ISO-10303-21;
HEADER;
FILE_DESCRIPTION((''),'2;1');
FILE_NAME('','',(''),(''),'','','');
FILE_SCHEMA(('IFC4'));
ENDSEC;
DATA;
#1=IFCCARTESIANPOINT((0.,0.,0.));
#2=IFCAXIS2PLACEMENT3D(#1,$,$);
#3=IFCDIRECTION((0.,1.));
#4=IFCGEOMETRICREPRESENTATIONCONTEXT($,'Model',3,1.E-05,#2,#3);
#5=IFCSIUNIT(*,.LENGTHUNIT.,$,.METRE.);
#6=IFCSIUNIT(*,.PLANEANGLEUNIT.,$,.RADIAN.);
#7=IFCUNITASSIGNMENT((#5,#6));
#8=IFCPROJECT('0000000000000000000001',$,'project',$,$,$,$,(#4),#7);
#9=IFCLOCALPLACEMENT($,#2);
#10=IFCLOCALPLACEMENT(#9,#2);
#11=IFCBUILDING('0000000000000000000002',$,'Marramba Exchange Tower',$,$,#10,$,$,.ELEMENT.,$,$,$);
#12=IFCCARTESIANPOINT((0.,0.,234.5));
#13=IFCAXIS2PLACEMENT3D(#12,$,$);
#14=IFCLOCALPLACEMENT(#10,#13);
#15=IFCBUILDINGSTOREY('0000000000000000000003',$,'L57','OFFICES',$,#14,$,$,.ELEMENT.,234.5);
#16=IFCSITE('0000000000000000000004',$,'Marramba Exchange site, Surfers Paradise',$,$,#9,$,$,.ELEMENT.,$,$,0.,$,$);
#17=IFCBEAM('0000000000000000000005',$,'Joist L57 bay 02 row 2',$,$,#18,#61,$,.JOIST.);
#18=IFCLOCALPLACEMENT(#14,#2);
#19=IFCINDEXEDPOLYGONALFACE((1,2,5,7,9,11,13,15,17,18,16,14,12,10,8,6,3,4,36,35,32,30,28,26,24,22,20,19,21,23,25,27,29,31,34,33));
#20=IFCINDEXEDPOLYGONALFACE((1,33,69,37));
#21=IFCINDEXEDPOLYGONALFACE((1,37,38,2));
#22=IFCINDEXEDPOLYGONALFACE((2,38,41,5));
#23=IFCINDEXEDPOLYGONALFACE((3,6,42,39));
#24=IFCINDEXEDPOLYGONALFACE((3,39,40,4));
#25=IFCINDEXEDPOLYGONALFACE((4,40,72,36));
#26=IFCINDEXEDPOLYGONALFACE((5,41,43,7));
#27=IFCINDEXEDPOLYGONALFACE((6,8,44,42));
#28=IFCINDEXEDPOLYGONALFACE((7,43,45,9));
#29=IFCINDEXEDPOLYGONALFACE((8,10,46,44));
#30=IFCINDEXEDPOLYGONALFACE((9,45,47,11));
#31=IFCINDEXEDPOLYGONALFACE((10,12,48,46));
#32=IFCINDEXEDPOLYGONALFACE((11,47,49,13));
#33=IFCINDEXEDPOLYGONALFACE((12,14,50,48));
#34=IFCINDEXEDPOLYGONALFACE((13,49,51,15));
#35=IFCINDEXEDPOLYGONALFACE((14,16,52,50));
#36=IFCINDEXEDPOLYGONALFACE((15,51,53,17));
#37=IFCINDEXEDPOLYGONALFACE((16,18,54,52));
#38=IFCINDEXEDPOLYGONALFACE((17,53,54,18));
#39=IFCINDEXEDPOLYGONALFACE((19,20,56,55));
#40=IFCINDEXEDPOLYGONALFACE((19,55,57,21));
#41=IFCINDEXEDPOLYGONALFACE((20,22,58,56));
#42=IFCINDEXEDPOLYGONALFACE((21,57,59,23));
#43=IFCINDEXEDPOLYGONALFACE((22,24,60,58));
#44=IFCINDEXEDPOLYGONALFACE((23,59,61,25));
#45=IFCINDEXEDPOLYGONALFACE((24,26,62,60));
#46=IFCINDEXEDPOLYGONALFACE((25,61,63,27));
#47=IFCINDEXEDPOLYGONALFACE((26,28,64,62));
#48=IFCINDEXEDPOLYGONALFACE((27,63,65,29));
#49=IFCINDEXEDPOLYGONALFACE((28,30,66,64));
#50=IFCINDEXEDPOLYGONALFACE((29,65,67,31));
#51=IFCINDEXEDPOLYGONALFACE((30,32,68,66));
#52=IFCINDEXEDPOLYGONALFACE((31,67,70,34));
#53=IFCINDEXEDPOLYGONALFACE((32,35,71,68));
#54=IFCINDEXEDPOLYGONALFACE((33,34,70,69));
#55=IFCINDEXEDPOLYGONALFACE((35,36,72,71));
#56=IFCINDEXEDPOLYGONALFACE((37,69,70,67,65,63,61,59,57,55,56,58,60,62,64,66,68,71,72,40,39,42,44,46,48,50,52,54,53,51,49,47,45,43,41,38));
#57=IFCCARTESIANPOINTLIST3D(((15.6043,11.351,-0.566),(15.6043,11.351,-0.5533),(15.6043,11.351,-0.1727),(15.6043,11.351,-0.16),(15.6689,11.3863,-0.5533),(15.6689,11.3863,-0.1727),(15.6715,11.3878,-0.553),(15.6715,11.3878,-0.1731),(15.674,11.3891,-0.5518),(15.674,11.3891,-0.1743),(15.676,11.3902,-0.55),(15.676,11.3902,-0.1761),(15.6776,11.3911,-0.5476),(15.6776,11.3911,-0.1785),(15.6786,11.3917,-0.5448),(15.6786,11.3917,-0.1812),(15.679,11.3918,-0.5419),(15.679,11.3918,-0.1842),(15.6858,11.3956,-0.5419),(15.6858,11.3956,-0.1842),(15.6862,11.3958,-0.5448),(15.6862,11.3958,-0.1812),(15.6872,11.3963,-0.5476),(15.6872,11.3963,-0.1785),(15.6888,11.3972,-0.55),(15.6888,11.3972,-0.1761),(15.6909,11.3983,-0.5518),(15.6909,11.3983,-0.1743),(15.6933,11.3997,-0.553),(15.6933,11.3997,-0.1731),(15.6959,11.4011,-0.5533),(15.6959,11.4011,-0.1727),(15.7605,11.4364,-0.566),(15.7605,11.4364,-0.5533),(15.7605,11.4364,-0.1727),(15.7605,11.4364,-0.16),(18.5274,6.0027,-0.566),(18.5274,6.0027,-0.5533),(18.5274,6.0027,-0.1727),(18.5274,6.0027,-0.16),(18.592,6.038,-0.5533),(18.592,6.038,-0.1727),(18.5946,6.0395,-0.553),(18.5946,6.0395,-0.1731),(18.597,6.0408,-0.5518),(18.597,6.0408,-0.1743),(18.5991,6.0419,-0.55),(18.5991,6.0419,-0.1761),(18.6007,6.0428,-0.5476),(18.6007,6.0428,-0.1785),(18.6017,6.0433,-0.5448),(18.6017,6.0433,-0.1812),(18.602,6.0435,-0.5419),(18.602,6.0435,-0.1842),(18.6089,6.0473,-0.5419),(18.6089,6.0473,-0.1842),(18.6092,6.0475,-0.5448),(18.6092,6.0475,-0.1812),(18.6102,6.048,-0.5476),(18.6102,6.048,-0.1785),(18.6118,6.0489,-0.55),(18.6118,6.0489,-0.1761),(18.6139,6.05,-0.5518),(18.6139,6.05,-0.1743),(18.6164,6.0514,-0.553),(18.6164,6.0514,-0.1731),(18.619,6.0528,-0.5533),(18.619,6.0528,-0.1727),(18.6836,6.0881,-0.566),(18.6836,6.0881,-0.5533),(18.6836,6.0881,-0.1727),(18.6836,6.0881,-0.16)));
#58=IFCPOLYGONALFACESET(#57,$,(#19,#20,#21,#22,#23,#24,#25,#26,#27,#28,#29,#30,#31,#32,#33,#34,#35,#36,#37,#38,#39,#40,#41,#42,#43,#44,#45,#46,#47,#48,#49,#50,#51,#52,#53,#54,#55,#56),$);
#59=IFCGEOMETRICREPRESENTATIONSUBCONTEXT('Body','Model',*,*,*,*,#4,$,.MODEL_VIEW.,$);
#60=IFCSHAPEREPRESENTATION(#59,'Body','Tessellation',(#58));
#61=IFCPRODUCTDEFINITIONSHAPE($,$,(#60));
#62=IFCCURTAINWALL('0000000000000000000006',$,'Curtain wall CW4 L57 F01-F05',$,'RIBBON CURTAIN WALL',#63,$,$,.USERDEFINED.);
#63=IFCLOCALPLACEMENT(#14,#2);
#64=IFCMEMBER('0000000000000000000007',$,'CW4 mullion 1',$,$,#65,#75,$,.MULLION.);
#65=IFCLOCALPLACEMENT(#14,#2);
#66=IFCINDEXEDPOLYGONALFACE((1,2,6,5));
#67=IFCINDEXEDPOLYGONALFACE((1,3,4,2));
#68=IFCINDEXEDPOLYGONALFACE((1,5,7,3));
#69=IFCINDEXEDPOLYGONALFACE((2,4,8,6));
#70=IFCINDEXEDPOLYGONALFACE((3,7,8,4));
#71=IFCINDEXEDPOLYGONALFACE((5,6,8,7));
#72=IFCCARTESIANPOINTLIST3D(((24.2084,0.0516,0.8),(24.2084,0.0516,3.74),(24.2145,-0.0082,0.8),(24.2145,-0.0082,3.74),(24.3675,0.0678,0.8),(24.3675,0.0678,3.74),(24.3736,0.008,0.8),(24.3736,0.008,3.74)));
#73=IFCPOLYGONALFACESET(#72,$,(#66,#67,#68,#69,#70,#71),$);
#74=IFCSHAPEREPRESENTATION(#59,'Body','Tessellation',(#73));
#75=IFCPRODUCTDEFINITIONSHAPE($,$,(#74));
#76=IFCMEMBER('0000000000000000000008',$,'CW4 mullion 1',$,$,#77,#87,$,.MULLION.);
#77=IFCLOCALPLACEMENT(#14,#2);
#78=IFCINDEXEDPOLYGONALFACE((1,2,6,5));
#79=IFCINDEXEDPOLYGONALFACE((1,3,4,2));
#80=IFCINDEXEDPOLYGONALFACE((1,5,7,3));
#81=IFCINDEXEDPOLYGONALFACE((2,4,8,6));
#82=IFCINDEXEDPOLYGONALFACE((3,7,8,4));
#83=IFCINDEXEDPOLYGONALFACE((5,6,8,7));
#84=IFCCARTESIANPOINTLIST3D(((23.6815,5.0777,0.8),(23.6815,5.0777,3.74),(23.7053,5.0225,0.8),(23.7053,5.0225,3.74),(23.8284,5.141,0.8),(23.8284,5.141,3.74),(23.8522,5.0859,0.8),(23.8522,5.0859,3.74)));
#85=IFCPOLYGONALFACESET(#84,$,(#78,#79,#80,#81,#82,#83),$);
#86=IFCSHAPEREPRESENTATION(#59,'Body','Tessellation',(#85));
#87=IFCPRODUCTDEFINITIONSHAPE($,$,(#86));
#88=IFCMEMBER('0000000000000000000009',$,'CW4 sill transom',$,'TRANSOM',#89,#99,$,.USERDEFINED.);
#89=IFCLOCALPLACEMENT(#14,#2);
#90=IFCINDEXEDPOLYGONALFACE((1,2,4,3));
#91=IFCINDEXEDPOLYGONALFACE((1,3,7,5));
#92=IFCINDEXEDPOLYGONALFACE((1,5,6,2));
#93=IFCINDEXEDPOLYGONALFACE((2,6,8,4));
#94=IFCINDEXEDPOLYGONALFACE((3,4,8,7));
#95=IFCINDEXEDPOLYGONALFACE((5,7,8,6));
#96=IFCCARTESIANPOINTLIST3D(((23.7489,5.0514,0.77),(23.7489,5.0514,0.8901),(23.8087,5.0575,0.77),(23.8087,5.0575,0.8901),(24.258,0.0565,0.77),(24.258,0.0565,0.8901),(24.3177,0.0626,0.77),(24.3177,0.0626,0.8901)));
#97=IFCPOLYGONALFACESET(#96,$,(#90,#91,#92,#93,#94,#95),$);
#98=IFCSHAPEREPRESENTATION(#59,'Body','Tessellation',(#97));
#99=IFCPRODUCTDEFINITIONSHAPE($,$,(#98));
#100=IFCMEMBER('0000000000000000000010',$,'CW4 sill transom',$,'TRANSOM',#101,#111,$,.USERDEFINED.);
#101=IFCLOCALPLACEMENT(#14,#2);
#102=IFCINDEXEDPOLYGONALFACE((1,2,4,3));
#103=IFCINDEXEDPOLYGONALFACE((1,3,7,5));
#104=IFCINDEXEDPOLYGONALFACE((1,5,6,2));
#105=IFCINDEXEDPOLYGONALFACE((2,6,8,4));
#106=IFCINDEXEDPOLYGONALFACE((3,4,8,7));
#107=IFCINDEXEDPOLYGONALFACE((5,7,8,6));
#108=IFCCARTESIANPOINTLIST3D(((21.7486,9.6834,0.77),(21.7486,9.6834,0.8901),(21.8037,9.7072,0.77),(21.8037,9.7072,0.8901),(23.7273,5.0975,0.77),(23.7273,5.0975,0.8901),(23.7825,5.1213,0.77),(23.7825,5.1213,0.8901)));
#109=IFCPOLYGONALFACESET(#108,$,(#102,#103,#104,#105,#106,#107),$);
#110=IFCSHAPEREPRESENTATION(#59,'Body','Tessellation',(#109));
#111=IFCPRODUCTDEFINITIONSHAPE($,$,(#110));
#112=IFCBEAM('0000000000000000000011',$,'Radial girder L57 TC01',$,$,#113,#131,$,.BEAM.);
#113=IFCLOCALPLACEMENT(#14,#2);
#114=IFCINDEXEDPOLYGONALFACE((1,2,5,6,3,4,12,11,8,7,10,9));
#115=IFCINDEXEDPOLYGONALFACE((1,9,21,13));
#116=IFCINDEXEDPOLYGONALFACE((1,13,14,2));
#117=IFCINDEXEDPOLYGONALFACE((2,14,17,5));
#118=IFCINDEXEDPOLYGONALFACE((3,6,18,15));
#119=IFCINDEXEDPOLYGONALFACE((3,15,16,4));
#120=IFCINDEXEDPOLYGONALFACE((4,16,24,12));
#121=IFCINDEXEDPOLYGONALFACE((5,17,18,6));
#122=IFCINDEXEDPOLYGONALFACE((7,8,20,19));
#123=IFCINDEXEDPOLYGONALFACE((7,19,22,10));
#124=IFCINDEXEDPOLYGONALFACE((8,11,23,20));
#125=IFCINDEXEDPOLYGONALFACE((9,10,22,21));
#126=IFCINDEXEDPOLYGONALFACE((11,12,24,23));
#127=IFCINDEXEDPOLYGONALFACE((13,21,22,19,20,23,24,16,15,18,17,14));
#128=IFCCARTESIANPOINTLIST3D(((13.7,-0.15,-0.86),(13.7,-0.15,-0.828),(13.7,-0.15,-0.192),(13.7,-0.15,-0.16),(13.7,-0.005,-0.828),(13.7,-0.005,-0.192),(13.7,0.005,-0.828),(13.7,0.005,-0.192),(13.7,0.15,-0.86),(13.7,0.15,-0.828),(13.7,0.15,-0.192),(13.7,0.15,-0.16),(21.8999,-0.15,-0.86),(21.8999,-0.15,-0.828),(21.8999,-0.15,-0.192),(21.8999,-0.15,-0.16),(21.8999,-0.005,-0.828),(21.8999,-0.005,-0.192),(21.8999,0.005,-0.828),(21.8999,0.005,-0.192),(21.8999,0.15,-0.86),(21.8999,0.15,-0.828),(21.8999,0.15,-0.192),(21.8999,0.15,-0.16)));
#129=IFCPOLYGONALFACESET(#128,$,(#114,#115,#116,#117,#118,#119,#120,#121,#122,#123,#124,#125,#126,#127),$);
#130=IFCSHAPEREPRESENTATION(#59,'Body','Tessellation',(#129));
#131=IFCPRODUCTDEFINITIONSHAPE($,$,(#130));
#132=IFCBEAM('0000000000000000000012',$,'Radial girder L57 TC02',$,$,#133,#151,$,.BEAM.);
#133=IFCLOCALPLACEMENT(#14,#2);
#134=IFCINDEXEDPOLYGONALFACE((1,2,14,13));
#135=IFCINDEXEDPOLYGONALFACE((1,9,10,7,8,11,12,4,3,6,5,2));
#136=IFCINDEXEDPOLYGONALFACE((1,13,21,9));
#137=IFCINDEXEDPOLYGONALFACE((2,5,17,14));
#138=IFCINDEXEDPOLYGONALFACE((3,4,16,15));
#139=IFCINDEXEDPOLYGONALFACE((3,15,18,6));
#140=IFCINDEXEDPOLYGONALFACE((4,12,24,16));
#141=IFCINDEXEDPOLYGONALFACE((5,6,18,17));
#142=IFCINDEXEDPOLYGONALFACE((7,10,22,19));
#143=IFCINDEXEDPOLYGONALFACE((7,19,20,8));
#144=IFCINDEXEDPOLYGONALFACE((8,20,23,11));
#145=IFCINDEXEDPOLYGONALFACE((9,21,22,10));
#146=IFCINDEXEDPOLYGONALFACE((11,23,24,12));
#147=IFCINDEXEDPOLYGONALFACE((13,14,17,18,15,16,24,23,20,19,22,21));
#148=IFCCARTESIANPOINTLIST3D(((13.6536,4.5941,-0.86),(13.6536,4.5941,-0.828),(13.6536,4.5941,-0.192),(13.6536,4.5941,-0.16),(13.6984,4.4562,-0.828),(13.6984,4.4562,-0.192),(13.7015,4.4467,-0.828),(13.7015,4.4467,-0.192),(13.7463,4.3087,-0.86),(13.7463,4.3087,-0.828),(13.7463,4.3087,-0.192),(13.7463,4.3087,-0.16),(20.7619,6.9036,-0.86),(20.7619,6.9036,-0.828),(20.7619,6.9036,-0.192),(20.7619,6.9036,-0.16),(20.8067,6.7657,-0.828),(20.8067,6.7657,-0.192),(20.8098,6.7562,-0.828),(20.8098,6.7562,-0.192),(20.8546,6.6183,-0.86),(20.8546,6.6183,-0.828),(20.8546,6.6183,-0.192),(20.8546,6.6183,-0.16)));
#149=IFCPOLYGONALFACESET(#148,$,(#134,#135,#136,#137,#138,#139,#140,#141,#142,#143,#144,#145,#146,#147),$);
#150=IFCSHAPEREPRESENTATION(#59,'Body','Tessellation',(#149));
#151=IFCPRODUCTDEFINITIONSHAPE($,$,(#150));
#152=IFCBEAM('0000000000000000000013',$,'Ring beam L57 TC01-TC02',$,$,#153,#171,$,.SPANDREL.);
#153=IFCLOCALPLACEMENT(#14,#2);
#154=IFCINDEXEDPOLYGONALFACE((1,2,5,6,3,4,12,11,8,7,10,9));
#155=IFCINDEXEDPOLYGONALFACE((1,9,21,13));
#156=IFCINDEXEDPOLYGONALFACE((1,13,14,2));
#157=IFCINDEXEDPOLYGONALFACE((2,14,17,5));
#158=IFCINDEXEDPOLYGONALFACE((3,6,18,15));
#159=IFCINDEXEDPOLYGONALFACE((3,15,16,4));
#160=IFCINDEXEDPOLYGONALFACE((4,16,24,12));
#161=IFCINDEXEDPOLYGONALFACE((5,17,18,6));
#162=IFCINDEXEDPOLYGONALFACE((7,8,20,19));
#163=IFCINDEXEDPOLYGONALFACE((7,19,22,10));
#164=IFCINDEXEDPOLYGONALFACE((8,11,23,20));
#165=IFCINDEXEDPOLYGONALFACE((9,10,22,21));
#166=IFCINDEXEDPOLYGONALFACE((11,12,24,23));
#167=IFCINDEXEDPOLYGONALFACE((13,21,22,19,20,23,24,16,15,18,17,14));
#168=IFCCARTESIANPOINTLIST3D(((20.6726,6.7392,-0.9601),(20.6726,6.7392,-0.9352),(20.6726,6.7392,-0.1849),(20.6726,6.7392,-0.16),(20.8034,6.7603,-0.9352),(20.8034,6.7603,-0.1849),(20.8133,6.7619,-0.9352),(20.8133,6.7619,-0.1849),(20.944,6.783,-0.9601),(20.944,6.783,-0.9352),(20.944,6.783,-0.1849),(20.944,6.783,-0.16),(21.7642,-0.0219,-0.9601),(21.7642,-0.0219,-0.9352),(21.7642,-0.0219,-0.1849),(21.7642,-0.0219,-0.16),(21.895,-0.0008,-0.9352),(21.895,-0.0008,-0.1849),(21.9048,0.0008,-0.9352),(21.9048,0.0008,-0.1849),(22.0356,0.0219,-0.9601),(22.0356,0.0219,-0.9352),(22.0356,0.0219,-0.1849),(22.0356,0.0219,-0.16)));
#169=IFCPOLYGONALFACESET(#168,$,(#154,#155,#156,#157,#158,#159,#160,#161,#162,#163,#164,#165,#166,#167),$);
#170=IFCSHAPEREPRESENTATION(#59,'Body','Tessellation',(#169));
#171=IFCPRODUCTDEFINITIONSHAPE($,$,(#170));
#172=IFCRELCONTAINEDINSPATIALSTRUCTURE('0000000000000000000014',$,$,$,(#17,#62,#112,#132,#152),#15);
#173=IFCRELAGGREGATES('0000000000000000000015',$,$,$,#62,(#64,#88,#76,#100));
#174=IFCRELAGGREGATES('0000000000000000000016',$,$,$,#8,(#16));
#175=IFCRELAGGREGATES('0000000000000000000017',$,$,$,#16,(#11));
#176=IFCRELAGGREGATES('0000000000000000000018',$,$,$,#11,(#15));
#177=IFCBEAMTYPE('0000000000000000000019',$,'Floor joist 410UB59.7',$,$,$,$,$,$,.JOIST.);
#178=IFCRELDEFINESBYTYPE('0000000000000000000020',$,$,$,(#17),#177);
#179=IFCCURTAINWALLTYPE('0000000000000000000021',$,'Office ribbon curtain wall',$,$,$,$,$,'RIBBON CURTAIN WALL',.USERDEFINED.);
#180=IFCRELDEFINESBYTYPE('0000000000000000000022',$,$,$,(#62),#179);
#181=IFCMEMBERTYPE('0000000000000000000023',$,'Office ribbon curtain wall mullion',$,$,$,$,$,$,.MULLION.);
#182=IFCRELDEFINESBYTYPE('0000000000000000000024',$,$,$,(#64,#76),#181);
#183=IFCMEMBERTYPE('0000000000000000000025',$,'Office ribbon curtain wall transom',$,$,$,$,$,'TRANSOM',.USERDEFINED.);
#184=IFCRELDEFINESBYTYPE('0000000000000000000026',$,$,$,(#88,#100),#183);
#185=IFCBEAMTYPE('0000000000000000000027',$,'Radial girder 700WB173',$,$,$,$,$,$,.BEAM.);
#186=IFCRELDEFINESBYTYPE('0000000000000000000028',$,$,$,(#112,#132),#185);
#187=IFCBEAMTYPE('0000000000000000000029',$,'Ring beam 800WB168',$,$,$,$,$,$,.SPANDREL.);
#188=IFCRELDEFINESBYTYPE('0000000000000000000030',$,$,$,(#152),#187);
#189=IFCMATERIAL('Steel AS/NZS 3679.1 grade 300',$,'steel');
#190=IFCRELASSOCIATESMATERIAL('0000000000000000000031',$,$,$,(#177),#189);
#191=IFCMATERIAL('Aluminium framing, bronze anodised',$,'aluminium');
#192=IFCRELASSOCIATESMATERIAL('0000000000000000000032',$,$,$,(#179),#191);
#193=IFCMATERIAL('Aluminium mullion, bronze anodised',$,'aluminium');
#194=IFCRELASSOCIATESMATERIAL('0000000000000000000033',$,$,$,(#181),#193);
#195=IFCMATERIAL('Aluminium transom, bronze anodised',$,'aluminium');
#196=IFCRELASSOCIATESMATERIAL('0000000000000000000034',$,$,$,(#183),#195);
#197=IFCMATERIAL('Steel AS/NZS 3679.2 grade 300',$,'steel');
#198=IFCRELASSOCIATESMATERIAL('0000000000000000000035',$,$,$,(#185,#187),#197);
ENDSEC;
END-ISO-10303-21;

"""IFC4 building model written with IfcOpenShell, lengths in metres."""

from ifc_helpers import new_model, si_unit, direction, frame, origin, origin_2d, place, context, subcontext, project, spatial, rectangle, i_section, extrude, material, material_profile, profile_set, type_object, element, aggregate, save


model = new_model("IFC4")

# Units and contexts
model_context = context("Model", 3, precision=1e-05, world=origin(), true_north=direction((0.0, 1.0)))
body_context = subcontext(model_context, "Body", "Model", "MODEL_VIEW")
ifc_project = project(units=[si_unit("LENGTHUNIT", "METRE"), si_unit("PLANEANGLEUNIT", "RADIAN")], contexts=[model_context])

# Site, building, storey
site_placement = place(None, origin())
site = spatial("IfcSite", under=ifc_project, at=site_placement, Name="Marramba Exchange site, Surfers Paradise", CompositionType="ELEMENT", RefElevation=0.0)
building_placement = place(site_placement, origin())
building = spatial("IfcBuilding", under=site, at=building_placement, Name="Marramba Exchange Tower", CompositionType="ELEMENT")
storey_placement = place(building_placement, frame((0.0, 0.0, 234.5)))
storey = spatial("IfcBuildingStorey", under=building, at=storey_placement, Name="L57", Description="OFFICES", CompositionType="ELEMENT", Elevation=234.5)

# Beam
ifc_material_1 = material(Name="Steel AS/NZS 3679.2 grade 300", Category="steel")
ifc_material_2 = material(Name="Steel AS/NZS 3679.1 grade 300", Category="steel")
ifc_material_profile_1 = material_profile(ifc_material_2, i_section(OverallWidth=0.178, OverallDepth=0.406, WebThickness=0.0078, FlangeThickness=0.0127, FilletRadius=0.0115, at=origin_2d()), Name="410UB59.7")
ifc_profile_set_1 = profile_set([ifc_material_profile_1], Name="Steel AS/NZS 3679.1 grade 300")
beam_type_1 = type_object("IfcBeamType", Name="Floor joist 410UB59.7", PredefinedType="JOIST", material=ifc_profile_set_1)
beam_1_placement = place(storey_placement, frame((18.6055, 6.0454, -0.363), z_axis=(-0.479584, 0.877496, 0.0), x_axis=(-0.877496, -0.479584, 0.0)))
element("IfcBeam", 1, at=beam_1_placement, inside=storey, type_object=beam_type_1, Name="Joist L57 bay 02 row 2", PredefinedType="JOIST", context=body_context, shape_type="SweptSolid", body=[
    extrude(i_section(OverallWidth=0.178, OverallDepth=0.406, WebThickness=0.0078, FlangeThickness=0.0127, FilletRadius=0.0115, at=origin_2d()), origin(), (0.0, 0.0, 1.0), 6.095),
])

# Curtain wall, members
ifc_material_3 = material(Name="Aluminium framing, bronze anodised", Category="aluminium")
curtain_wall_type = type_object("IfcCurtainWallType", Name="Office ribbon curtain wall", ElementType="RIBBON CURTAIN WALL", PredefinedType="USERDEFINED", material=ifc_material_3)
curtain_wall_placement = place(storey_placement, origin())
curtain_wall = element("IfcCurtainWall", 2, at=curtain_wall_placement, inside=storey, type_object=curtain_wall_type, Name="Curtain wall CW4 L57 F01-F05", ObjectType="RIBBON CURTAIN WALL", PredefinedType="USERDEFINED")
ifc_material_4 = material(Name="Aluminium mullion, bronze anodised", Category="aluminium")
ifc_material_profile_2 = material_profile(ifc_material_4, rectangle(XDim=0.1599, YDim=0.0601, at=origin_2d()), Name="CW4 mullion 60x160")
ifc_profile_set_2 = profile_set([ifc_material_profile_2], Name="Aluminium mullion, bronze anodised")
member_type_1 = type_object("IfcMemberType", Name="Office ribbon curtain wall mullion", PredefinedType="MULLION", material=ifc_profile_set_2)
member_1_placement = place(storey_placement, frame((24.291, 0.0298, 0.8), z_axis=(0.0, 0.0, 1.0), x_axis=(-0.994843, -0.101422, 0.0)))
member_1 = element("IfcMember", 3, at=member_1_placement, type_object=member_type_1, Name="CW4 mullion 1", PredefinedType="MULLION", context=body_context, shape_type="SweptSolid", body=[
    extrude(rectangle(XDim=0.1599, YDim=0.0601, at=origin_2d()), origin(), (0.0, 0.0, 1.0), 2.9399),
])
member_2_placement = place(storey_placement, frame((23.7668, 5.0818, 0.8), z_axis=(0.0, 0.0, 1.0), x_axis=(-0.918167, -0.396193, 0.0)))
member_2 = element("IfcMember", 4, at=member_2_placement, type_object=member_type_1, Name="CW4 mullion 1", PredefinedType="MULLION", context=body_context, shape_type="SweptSolid", body=[
    extrude(rectangle(XDim=0.1599, YDim=0.0601, at=origin_2d()), origin(), (0.0, 0.0, 1.0), 2.9399),
])
ifc_material_5 = material(Name="Aluminium transom, bronze anodised", Category="aluminium")
ifc_material_profile_3 = material_profile(ifc_material_5, rectangle(XDim=0.0601, YDim=0.1201, at=origin_2d()), Name="CW4 transom 60x120")
ifc_profile_set_3 = profile_set([ifc_material_profile_3], Name="Aluminium transom, bronze anodised")
member_type_2 = type_object("IfcMemberType", Name="Office ribbon curtain wall transom", ElementType="TRANSOM", PredefinedType="USERDEFINED", material=ifc_profile_set_3)
member_3_placement = place(storey_placement, frame((24.2878, 0.0596, 0.8301), z_axis=(-0.101386, 0.994847, 0.0), x_axis=(-0.994847, -0.101386, 0.0)))
member_3 = element("IfcMember", 5, at=member_3_placement, type_object=member_type_2, Name="CW4 sill transom", ObjectType="TRANSOM", PredefinedType="USERDEFINED", context=body_context, shape_type="SweptSolid", body=[
    extrude(rectangle(XDim=0.0601, YDim=0.1201, at=origin_2d()), origin(), (0.0, 0.0, 1.0), 5.0208),
])
member_4_placement = place(storey_placement, frame((23.7549, 5.1094, 0.8301), z_axis=(-0.396178, 0.918174, 0.0), x_axis=(-0.918174, -0.396178, 0.0)))
member_4 = element("IfcMember", 6, at=member_4_placement, type_object=member_type_2, Name="CW4 sill transom", ObjectType="TRANSOM", PredefinedType="USERDEFINED", context=body_context, shape_type="SweptSolid", body=[
    extrude(rectangle(XDim=0.0601, YDim=0.1201, at=origin_2d()), origin(), (0.0, 0.0, 1.0), 4.9946),
])

# Beams
ifc_material_profile_4 = material_profile(ifc_material_1, i_section(OverallWidth=0.3, OverallDepth=0.7, WebThickness=0.01, FlangeThickness=0.032, at=origin_2d()), Name="700WB173")
ifc_profile_set_4 = profile_set([ifc_material_profile_4], Name="Steel AS/NZS 3679.2 grade 300")
beam_type_2 = type_object("IfcBeamType", Name="Radial girder 700WB173", PredefinedType="BEAM", material=ifc_profile_set_4)
beam_2_placement = place(storey_placement, frame((13.7, 0.0, -0.51), z_axis=(1.0, 0.0, 0.0), x_axis=(0.0, 1.0, 0.0)))
element("IfcBeam", 7, at=beam_2_placement, inside=storey, type_object=beam_type_2, Name="Radial girder L57 TC01", PredefinedType="BEAM", context=body_context, shape_type="SweptSolid", body=[
    extrude(i_section(OverallWidth=0.3, OverallDepth=0.7, WebThickness=0.01, FlangeThickness=0.032, at=origin_2d()), origin(), (0.0, 0.0, 1.0), 8.2),
])
beam_3_placement = place(storey_placement, frame((13.7, 4.4514, -0.51), z_axis=(0.95106, 0.309006, 0.0), x_axis=(-0.309006, 0.95106, 0.0)))
element("IfcBeam", 8, at=beam_3_placement, inside=storey, type_object=beam_type_2, Name="Radial girder L57 TC02", PredefinedType="BEAM", context=body_context, shape_type="SweptSolid", body=[
    extrude(i_section(OverallWidth=0.3, OverallDepth=0.7, WebThickness=0.01, FlangeThickness=0.032, at=origin_2d()), origin(), (0.0, 0.0, 1.0), 7.4741),
])
ifc_material_profile_5 = material_profile(ifc_material_1, i_section(OverallWidth=0.2749, OverallDepth=0.8, WebThickness=0.01, FlangeThickness=0.0249, at=origin_2d()), Name="800WB168")
ifc_profile_set_5 = profile_set([ifc_material_profile_5], Name="Steel AS/NZS 3679.2 grade 300")
beam_type_3 = type_object("IfcBeamType", Name="Ring beam 800WB168", PredefinedType="SPANDREL", material=ifc_profile_set_5)
beam_4_placement = place(storey_placement, frame((21.8999, 0.0, -0.5601), z_axis=(-0.159385, 0.987217, 0.0), x_axis=(-0.987217, -0.159385, 0.0)))
element("IfcBeam", 9, at=beam_4_placement, inside=storey, type_object=beam_type_3, Name="Ring beam L57 TC01-TC02", PredefinedType="SPANDREL", context=body_context, shape_type="SweptSolid", body=[
    extrude(i_section(OverallWidth=0.2749, OverallDepth=0.8, WebThickness=0.01, FlangeThickness=0.0249, at=origin_2d()), origin(), (0.0, 0.0, 1.0), 6.8486),
])

aggregate(curtain_wall, [member_1, member_3, member_2, member_4])

save(model, "model.ifc")
